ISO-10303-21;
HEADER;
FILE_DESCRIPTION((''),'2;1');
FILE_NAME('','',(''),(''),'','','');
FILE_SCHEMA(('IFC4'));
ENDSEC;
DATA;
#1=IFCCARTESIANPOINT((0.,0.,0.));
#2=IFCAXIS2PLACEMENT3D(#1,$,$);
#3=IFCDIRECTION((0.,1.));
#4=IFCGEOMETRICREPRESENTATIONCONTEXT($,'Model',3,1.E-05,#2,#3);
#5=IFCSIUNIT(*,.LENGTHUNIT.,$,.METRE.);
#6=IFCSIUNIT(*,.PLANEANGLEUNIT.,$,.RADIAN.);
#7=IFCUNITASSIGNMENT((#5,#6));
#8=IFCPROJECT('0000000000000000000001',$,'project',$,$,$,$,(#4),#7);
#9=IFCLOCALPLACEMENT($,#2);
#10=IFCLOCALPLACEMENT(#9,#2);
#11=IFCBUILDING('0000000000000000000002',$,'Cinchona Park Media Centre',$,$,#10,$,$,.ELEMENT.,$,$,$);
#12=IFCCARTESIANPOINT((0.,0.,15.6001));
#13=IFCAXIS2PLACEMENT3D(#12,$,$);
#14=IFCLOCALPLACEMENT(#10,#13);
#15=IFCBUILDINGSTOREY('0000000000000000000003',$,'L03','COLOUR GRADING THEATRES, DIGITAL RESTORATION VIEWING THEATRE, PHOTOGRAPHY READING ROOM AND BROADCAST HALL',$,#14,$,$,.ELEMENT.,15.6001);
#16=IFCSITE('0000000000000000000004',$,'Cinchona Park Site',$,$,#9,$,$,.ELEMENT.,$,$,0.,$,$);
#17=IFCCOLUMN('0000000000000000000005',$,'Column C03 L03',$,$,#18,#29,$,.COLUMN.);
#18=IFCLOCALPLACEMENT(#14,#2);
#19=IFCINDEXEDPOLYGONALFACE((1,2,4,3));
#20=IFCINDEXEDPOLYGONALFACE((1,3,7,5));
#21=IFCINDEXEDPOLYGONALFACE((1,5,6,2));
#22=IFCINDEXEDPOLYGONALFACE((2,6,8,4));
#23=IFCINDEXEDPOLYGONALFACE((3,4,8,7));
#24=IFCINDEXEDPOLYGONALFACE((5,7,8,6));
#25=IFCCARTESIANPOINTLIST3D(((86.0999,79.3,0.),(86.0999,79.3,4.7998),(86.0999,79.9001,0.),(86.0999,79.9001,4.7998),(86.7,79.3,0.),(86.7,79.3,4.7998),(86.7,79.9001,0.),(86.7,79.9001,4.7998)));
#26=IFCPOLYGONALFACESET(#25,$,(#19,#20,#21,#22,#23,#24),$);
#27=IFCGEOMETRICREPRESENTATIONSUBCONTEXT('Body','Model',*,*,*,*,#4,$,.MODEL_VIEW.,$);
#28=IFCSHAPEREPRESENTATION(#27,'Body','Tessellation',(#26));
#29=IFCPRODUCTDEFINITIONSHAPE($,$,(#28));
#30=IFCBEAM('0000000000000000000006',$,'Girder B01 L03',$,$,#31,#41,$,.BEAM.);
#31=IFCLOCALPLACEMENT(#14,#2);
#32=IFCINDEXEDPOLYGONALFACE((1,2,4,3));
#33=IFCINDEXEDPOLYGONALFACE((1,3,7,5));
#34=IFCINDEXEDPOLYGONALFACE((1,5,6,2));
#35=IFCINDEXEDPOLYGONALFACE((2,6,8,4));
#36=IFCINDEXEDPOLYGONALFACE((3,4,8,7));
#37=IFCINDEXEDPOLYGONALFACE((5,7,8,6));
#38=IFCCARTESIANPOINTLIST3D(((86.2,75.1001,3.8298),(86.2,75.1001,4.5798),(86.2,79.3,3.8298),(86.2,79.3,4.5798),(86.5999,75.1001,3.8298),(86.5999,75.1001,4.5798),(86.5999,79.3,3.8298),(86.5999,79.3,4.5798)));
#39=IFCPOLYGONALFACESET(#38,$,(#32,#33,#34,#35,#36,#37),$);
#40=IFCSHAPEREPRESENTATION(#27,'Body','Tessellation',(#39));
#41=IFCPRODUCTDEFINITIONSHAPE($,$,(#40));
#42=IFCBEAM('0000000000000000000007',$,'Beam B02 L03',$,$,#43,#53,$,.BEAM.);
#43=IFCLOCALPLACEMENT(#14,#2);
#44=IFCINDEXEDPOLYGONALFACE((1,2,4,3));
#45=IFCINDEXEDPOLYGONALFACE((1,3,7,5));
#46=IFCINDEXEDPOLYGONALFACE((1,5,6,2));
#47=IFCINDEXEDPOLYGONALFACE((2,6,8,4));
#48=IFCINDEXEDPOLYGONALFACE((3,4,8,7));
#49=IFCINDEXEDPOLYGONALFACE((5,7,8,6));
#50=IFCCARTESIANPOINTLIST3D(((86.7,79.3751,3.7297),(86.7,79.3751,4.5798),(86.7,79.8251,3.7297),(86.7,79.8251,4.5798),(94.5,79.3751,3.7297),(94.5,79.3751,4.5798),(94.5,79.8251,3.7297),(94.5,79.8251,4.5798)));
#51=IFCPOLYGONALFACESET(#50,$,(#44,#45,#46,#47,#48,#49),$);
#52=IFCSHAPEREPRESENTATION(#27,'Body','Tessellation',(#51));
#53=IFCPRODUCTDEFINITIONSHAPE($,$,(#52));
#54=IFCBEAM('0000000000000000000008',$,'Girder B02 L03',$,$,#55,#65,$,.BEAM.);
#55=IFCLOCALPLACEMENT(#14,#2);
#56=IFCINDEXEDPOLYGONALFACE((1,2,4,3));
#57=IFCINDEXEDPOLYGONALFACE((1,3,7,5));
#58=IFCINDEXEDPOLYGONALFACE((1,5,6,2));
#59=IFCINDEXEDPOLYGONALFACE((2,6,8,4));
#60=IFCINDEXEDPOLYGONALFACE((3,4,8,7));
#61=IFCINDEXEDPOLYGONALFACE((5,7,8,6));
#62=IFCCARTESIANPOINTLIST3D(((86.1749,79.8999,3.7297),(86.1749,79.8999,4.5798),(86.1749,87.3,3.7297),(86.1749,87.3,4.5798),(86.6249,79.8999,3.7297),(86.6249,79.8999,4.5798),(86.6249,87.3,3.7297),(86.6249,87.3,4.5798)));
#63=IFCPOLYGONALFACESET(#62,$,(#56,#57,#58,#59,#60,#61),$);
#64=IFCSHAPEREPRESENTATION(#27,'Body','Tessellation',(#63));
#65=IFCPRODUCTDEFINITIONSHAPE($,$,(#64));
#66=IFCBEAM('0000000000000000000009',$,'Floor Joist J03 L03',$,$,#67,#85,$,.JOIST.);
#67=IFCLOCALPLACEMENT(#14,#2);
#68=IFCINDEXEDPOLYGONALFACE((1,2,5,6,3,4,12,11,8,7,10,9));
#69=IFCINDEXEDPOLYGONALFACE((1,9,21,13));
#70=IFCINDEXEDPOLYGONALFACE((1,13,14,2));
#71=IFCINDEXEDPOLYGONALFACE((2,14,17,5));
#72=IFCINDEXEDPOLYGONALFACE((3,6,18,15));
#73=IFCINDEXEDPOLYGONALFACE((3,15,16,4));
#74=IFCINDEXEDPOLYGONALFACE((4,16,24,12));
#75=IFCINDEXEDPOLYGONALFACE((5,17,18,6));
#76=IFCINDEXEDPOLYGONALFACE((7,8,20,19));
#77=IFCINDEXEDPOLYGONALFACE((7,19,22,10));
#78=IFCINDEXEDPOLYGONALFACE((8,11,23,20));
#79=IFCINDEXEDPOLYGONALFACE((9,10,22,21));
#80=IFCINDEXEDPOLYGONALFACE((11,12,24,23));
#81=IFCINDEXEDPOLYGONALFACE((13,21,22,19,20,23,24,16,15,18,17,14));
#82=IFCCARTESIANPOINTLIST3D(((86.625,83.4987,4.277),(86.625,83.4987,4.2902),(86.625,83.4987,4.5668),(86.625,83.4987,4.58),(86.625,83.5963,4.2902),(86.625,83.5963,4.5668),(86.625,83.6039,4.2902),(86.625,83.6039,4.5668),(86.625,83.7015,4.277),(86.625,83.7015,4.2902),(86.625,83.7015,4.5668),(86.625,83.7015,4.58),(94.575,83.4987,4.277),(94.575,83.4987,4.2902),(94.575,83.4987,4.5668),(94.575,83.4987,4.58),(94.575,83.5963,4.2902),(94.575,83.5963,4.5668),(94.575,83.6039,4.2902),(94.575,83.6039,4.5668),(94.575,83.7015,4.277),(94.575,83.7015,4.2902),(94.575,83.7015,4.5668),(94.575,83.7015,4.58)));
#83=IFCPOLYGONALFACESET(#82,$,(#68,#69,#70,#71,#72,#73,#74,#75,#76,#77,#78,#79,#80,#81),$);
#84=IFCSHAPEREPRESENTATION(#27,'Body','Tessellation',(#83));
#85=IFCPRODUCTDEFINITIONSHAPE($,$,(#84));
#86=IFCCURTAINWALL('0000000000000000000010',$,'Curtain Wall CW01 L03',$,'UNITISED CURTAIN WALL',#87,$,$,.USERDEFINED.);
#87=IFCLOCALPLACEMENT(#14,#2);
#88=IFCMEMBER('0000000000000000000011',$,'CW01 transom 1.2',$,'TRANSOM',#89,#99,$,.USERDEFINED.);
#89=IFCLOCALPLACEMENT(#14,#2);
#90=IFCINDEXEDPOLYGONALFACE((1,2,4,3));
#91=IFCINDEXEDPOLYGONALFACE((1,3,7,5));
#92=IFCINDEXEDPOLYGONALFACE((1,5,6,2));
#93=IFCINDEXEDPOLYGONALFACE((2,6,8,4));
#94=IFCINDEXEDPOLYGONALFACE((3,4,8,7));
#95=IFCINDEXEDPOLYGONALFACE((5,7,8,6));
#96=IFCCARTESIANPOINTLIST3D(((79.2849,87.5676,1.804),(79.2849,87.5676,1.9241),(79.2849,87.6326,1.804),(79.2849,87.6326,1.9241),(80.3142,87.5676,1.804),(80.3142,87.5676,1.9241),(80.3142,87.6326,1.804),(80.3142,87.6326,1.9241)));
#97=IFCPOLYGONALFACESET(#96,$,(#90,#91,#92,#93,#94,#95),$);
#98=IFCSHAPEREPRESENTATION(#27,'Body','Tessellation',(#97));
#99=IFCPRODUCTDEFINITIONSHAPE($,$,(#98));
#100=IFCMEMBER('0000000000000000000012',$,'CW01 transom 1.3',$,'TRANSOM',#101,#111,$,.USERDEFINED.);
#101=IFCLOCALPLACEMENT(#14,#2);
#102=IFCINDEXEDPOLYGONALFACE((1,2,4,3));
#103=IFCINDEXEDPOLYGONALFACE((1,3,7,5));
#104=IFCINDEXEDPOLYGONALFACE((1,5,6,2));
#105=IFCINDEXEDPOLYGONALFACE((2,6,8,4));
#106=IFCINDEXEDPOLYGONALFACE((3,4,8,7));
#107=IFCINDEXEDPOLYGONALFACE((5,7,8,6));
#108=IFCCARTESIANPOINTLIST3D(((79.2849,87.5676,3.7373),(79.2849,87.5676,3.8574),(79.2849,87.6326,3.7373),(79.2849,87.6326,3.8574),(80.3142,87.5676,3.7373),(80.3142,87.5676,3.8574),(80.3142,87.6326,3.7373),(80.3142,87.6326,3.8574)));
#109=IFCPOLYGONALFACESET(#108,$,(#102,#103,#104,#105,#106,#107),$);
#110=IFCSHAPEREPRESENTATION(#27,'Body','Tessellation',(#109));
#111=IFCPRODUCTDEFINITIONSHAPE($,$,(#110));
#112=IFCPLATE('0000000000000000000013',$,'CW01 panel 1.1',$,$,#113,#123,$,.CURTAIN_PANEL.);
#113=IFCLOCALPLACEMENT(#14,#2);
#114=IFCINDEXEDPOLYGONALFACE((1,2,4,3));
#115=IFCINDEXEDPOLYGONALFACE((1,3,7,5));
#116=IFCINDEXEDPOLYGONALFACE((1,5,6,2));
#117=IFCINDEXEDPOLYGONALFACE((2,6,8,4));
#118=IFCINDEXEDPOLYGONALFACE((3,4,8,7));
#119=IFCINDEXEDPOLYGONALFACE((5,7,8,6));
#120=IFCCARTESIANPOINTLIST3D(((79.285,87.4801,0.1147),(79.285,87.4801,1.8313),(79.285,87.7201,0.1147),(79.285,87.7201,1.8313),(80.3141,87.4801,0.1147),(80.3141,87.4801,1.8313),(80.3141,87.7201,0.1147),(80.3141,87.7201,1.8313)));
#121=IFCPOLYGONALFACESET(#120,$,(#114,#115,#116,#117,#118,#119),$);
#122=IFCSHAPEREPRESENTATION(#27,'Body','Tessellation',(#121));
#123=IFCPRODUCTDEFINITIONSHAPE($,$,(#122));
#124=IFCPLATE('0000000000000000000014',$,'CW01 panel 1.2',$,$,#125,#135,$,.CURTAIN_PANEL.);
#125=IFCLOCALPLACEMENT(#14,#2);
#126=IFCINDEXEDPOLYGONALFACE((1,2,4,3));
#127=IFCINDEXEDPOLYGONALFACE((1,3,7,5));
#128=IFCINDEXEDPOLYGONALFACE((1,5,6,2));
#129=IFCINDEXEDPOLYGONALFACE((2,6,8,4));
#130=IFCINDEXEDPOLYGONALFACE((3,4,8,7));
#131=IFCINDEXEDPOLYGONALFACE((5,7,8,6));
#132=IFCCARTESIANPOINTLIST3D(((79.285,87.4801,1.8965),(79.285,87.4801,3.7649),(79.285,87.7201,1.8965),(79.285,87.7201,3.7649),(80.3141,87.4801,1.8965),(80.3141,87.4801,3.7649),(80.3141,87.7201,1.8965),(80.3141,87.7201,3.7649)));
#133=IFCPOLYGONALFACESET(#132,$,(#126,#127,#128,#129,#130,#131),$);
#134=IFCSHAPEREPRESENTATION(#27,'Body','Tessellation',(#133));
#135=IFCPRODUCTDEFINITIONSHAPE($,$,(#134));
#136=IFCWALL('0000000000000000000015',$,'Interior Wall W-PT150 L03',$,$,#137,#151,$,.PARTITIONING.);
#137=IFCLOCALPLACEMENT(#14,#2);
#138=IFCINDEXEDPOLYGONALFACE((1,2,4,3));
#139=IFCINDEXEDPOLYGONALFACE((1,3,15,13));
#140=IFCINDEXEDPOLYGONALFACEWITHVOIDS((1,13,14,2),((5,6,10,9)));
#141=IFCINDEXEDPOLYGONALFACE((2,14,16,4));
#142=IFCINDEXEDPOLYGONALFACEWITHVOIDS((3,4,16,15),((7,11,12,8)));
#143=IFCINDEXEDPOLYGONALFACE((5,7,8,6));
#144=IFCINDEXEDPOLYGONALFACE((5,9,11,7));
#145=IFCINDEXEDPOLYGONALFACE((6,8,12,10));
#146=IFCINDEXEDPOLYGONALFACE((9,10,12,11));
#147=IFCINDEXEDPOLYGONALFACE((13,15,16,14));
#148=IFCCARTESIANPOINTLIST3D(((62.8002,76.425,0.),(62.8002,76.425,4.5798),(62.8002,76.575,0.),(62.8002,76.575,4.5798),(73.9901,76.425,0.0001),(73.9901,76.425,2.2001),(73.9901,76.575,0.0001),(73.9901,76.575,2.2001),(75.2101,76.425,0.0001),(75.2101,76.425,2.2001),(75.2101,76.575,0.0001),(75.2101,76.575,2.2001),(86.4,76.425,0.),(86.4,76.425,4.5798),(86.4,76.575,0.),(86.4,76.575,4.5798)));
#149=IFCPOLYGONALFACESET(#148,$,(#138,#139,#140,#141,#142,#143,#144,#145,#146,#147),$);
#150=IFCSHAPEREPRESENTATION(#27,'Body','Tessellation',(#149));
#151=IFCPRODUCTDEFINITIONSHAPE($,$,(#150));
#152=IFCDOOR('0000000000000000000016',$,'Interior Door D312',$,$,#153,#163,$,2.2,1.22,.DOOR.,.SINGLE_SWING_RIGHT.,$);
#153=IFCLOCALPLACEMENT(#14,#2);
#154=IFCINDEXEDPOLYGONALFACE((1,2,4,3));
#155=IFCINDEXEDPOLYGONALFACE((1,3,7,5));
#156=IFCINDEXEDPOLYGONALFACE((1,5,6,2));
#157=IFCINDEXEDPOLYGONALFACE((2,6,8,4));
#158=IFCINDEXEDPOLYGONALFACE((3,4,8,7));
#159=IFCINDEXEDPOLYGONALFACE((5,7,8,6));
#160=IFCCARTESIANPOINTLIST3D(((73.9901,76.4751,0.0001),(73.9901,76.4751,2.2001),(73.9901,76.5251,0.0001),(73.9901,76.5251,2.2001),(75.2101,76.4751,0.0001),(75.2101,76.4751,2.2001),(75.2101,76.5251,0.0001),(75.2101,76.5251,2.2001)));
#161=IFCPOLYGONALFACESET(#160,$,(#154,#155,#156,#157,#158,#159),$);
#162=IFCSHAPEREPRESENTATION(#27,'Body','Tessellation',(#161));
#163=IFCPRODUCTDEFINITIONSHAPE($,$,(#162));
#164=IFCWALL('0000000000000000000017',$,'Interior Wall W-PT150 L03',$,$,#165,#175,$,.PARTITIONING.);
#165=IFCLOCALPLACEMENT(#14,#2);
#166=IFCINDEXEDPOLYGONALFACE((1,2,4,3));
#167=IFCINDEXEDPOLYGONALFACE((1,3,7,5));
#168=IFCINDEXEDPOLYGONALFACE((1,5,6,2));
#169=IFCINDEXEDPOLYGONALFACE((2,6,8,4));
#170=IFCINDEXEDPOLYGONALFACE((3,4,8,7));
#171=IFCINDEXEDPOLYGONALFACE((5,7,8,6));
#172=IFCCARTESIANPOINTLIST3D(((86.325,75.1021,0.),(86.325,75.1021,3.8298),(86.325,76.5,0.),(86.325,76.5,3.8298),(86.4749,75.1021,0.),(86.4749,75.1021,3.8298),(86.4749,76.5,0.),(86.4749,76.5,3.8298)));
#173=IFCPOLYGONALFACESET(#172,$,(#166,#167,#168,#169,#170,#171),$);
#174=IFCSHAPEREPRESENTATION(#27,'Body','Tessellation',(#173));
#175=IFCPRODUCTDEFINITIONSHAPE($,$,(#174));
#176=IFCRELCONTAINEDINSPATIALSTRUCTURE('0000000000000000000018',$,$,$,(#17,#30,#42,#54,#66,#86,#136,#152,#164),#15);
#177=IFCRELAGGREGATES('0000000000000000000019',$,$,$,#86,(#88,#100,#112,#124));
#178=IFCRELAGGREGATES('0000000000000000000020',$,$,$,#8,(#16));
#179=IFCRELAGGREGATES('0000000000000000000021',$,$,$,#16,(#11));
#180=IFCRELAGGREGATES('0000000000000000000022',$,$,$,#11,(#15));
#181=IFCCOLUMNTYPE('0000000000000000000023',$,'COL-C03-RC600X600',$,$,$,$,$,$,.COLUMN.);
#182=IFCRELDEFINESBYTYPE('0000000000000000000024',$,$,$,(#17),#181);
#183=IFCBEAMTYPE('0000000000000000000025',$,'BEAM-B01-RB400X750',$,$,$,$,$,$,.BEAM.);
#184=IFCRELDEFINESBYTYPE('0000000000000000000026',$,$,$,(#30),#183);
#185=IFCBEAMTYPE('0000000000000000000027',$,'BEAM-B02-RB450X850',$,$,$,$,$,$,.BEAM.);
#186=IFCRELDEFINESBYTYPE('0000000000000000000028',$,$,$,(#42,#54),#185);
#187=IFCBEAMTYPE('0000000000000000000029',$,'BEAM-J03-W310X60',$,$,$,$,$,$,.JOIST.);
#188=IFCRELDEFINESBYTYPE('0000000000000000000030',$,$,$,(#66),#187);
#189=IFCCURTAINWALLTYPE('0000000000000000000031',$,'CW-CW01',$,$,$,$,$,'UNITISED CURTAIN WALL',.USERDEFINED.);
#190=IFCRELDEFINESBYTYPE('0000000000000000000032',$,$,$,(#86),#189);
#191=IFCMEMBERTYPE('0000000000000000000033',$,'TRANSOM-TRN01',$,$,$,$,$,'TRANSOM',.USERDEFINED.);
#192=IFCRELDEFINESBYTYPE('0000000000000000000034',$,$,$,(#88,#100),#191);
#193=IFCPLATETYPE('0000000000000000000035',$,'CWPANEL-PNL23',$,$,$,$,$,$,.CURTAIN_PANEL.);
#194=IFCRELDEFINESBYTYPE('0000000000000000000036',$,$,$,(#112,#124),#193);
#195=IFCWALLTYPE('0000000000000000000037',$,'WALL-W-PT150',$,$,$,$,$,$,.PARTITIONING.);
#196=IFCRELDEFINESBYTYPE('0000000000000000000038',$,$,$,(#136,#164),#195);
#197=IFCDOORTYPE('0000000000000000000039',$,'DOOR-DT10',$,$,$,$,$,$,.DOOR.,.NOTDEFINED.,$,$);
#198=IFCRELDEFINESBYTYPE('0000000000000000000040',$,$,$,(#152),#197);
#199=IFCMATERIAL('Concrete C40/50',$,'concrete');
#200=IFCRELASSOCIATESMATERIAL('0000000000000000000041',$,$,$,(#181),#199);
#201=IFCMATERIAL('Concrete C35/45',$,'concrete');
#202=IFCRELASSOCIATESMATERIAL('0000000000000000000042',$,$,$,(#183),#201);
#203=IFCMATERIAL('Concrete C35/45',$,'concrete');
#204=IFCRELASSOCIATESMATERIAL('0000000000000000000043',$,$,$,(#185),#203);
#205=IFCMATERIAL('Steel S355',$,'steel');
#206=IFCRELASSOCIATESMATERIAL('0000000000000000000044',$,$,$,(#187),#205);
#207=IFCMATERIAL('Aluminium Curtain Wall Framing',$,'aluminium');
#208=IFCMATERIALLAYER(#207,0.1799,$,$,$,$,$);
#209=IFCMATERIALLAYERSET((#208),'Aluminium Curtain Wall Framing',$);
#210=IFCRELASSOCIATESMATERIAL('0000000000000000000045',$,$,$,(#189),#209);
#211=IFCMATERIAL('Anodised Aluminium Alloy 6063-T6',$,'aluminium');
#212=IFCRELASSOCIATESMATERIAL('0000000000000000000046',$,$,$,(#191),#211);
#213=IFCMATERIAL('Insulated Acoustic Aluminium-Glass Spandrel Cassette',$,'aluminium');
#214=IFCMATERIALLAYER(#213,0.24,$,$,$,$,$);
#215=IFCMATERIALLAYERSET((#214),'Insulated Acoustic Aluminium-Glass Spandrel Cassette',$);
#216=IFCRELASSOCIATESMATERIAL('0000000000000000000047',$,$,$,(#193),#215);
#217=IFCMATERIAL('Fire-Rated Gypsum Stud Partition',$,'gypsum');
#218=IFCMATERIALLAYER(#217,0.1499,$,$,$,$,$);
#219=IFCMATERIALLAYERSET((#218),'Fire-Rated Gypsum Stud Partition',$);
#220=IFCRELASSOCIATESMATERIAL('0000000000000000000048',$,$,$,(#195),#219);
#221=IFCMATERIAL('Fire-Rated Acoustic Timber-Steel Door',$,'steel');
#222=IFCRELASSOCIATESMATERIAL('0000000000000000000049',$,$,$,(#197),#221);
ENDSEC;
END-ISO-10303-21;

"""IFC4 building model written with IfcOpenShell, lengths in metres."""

from ifc_helpers import new_model, si_unit, direction, frame, frame_2d, origin, origin_2d, place, context, subcontext, project, spatial, rectangle, i_section, extrude, material, layer, layer_set, material_profile, profile_set, type_object, element, fill, aggregate, save


model = new_model("IFC4")

# Units and contexts
model_context = context("Model", 3, precision=1e-05, world=origin(), true_north=direction((0.0, 1.0)))
body_context = subcontext(model_context, "Body", "Model", "MODEL_VIEW")
ifc_project = project(units=[si_unit("LENGTHUNIT", "METRE"), si_unit("PLANEANGLEUNIT", "RADIAN")], contexts=[model_context])

# Site, building, storey
site_placement = place(None, origin())
site = spatial("IfcSite", under=ifc_project, at=site_placement, Name="Cinchona Park Site", CompositionType="ELEMENT", RefElevation=0.0)
building_placement = place(site_placement, origin())
building = spatial("IfcBuilding", under=site, at=building_placement, Name="Cinchona Park Media Centre", CompositionType="ELEMENT")
storey_placement = place(building_placement, frame((0.0, 0.0, 15.6001)))
storey = spatial("IfcBuildingStorey", under=building, at=storey_placement, Name="L03", Description="COLOUR GRADING THEATRES, DIGITAL RESTORATION VIEWING THEATRE, PHOTOGRAPHY READING ROOM AND BROADCAST HALL", CompositionType="ELEMENT", Elevation=15.6001)

# Column
ifc_material_1 = material(Name="Concrete C40/50", Category="concrete")
ifc_material_profile_1 = material_profile(ifc_material_1, rectangle(XDim=0.6001, YDim=0.6001, at=origin_2d()), Name="RC 600X600")
ifc_profile_set_1 = profile_set([ifc_material_profile_1], Name="Concrete C40/50")
column_type = type_object("IfcColumnType", Name="COL-C03-RC600X600", PredefinedType="COLUMN", material=ifc_profile_set_1)
column_placement = place(storey_placement, frame((86.3999, 79.6001, 0.0), z_axis=(0.0, 0.0, 1.0), x_axis=(1.0, 0.0, 0.0)))
element("IfcColumn", 1, at=column_placement, inside=storey, type_object=column_type, Name="Column C03 L03", PredefinedType="COLUMN", context=body_context, shape_type="SweptSolid", body=[
    extrude(rectangle(XDim=0.6001, YDim=0.6001, at=origin_2d()), origin(), (0.0, 0.0, 1.0), 4.7998),
])

# Beams
ifc_material_2 = material(Name="Concrete C35/45", Category="concrete")
ifc_material_profile_2 = material_profile(ifc_material_2, rectangle(XDim=0.3999, YDim=0.75, at=origin_2d()), Name="RB 400X750")
ifc_profile_set_2 = profile_set([ifc_material_profile_2], Name="Concrete C35/45")
beam_type_1 = type_object("IfcBeamType", Name="BEAM-B01-RB400X750", PredefinedType="BEAM", material=ifc_profile_set_2)
beam_1_placement = place(storey_placement, frame((86.3999, 75.1001, 4.2048), z_axis=(0.0, 1.0, 0.0), x_axis=(-1.0, 0.0, 0.0)))
element("IfcBeam", 2, at=beam_1_placement, inside=storey, type_object=beam_type_1, Name="Girder B01 L03", PredefinedType="BEAM", context=body_context, shape_type="SweptSolid", body=[
    extrude(rectangle(XDim=0.3999, YDim=0.75, at=origin_2d()), origin(), (0.0, 0.0, 1.0), 4.2),
])
ifc_material_3 = material(Name="Concrete C35/45", Category="concrete")
ifc_material_profile_3 = material_profile(ifc_material_3, rectangle(XDim=0.45, YDim=0.8501, at=origin_2d()), Name="RB 450X850")
ifc_profile_set_3 = profile_set([ifc_material_profile_3], Name="Concrete C35/45")
beam_type_2 = type_object("IfcBeamType", Name="BEAM-B02-RB450X850", PredefinedType="BEAM", material=ifc_profile_set_3)
beam_2_placement = place(storey_placement, frame((86.7, 79.6001, 4.1548), z_axis=(1.0, 0.0, 0.0), x_axis=(0.0, 1.0, 0.0)))
element("IfcBeam", 3, at=beam_2_placement, inside=storey, type_object=beam_type_2, Name="Beam B02 L03", PredefinedType="BEAM", context=body_context, shape_type="SweptSolid", body=[
    extrude(rectangle(XDim=0.45, YDim=0.8501, at=origin_2d()), origin(), (0.0, 0.0, 1.0), 7.8),
])
beam_3_placement = place(storey_placement, frame((86.3999, 79.8999, 4.1548), z_axis=(0.0, 1.0, 0.0), x_axis=(-1.0, 0.0, 0.0)))
element("IfcBeam", 4, at=beam_3_placement, inside=storey, type_object=beam_type_2, Name="Girder B02 L03", PredefinedType="BEAM", context=body_context, shape_type="SweptSolid", body=[
    extrude(rectangle(XDim=0.45, YDim=0.8501, at=origin_2d()), origin(), (0.0, 0.0, 1.0), 7.4001),
])
ifc_material_4 = material(Name="Steel S355", Category="steel")
ifc_material_profile_4 = material_profile(ifc_material_4, i_section(OverallWidth=0.2029, OverallDepth=0.303, WebThickness=0.0076, FlangeThickness=0.0132, at=origin_2d()), Name="W310X60")
ifc_profile_set_4 = profile_set([ifc_material_profile_4], Name="Steel S355")
beam_type_3 = type_object("IfcBeamType", Name="BEAM-J03-W310X60", PredefinedType="JOIST", material=ifc_profile_set_4)
beam_4_placement = place(storey_placement, frame((86.625, 83.6001, 4.4285), z_axis=(1.0, 0.0, 0.0), x_axis=(0.0, 1.0, 0.0)))
element("IfcBeam", 5, at=beam_4_placement, inside=storey, type_object=beam_type_3, Name="Floor Joist J03 L03", PredefinedType="JOIST", context=body_context, shape_type="SweptSolid", body=[
    extrude(i_section(OverallWidth=0.2029, OverallDepth=0.303, WebThickness=0.0076, FlangeThickness=0.0132, at=origin_2d()), origin(), (0.0, 0.0, 1.0), 7.95),
])

# Curtain wall, members, plates
ifc_material_5 = material(Name="Aluminium Curtain Wall Framing", Category="aluminium")
ifc_layer_1 = layer(ifc_material_5, 0.1799)
ifc_layer_set_1 = layer_set([ifc_layer_1], Name="Aluminium Curtain Wall Framing")
curtain_wall_type = type_object("IfcCurtainWallType", Name="CW-CW01", ElementType="UNITISED CURTAIN WALL", PredefinedType="USERDEFINED", material=ifc_layer_set_1)
curtain_wall_placement = place(storey_placement, origin())
curtain_wall = element("IfcCurtainWall", 6, at=curtain_wall_placement, inside=storey, type_object=curtain_wall_type, Name="Curtain Wall CW01 L03", ObjectType="UNITISED CURTAIN WALL", PredefinedType="USERDEFINED")
ifc_material_6 = material(Name="Anodised Aluminium Alloy 6063-T6", Category="aluminium")
ifc_material_profile_5 = material_profile(ifc_material_6, rectangle(XDim=0.0649, YDim=0.1201, at=origin_2d()), Name="TRN-65X120")
ifc_profile_set_5 = profile_set([ifc_material_profile_5], Name="Anodised Aluminium Alloy 6063-T6")
member_type = type_object("IfcMemberType", Name="TRANSOM-TRN01", ElementType="TRANSOM", PredefinedType="USERDEFINED", material=ifc_profile_set_5)
member_1_placement = place(storey_placement, frame((79.2849, 87.6001, 1.864), z_axis=(1.0, 0.0, 0.0), x_axis=(0.0, 1.0, 0.0)))
member_1 = element("IfcMember", 7, at=member_1_placement, type_object=member_type, Name="CW01 transom 1.2", ObjectType="TRANSOM", PredefinedType="USERDEFINED", context=body_context, shape_type="SweptSolid", body=[
    extrude(rectangle(XDim=0.0649, YDim=0.1201, at=origin_2d()), origin(), (0.0, 0.0, 1.0), 1.0293),
])
member_2_placement = place(storey_placement, frame((79.2849, 87.6001, 3.7974), z_axis=(1.0, 0.0, 0.0), x_axis=(0.0, 1.0, 0.0)))
member_2 = element("IfcMember", 8, at=member_2_placement, type_object=member_type, Name="CW01 transom 1.3", ObjectType="TRANSOM", PredefinedType="USERDEFINED", context=body_context, shape_type="SweptSolid", body=[
    extrude(rectangle(XDim=0.0649, YDim=0.1201, at=origin_2d()), origin(), (0.0, 0.0, 1.0), 1.0293),
])
ifc_material_7 = material(Name="Insulated Acoustic Aluminium-Glass Spandrel Cassette", Category="aluminium")
ifc_layer_2 = layer(ifc_material_7, 0.24)
ifc_layer_set_2 = layer_set([ifc_layer_2], Name="Insulated Acoustic Aluminium-Glass Spandrel Cassette")
plate_type = type_object("IfcPlateType", Name="CWPANEL-PNL23", PredefinedType="CURTAIN_PANEL", material=ifc_layer_set_2)
plate_1_placement = place(storey_placement, frame((79.7996, 87.6001, 0.1147), z_axis=(0.0, 0.0, 1.0), x_axis=(1.0, 0.0, 0.0)))
plate_1 = element("IfcPlate", 9, at=plate_1_placement, type_object=plate_type, Name="CW01 panel 1.1", PredefinedType="CURTAIN_PANEL", context=body_context, shape_type="SweptSolid", body=[
    extrude(rectangle(XDim=1.0291, YDim=0.24, at=origin_2d()), origin(), (0.0, 0.0, 1.0), 1.7166),
])
plate_2_placement = place(storey_placement, frame((79.7996, 87.6001, 1.8965), z_axis=(0.0, 0.0, 1.0), x_axis=(1.0, 0.0, 0.0)))
plate_2 = element("IfcPlate", 10, at=plate_2_placement, type_object=plate_type, Name="CW01 panel 1.2", PredefinedType="CURTAIN_PANEL", context=body_context, shape_type="SweptSolid", body=[
    extrude(rectangle(XDim=1.0291, YDim=0.24, at=origin_2d()), origin(), (0.0, 0.0, 1.0), 1.8684),
])
aggregate(curtain_wall, [member_1, member_2, plate_1, plate_2])

# Wall, opening, door
ifc_material_8 = material(Name="Fire-Rated Gypsum Stud Partition", Category="gypsum")
ifc_layer_3 = layer(ifc_material_8, 0.1499)
ifc_layer_set_3 = layer_set([ifc_layer_3], Name="Fire-Rated Gypsum Stud Partition")
wall_type_1 = type_object("IfcWallType", Name="WALL-W-PT150", PredefinedType="PARTITIONING", material=ifc_layer_set_3)
wall_1_placement = place(storey_placement, frame((86.3999, 76.5, 0.0), z_axis=(0.0, 0.0, 1.0), x_axis=(-1.0, 0.0, 0.0)))
wall_1 = element("IfcWall", 11, at=wall_1_placement, inside=storey, type_object=wall_type_1, Name="Interior Wall W-PT150 L03", PredefinedType="PARTITIONING", context=body_context, shape_type="SweptSolid", body=[
    extrude(rectangle(XDim=23.5999, YDim=0.1499, at=frame_2d((11.7998, 0.0))), origin(), (0.0, 0.0, 1.0), 4.5798),
])
opening_1_placement = place(wall_1_placement, frame((11.1899, 0.0, 0.0)))
opening_1 = element("IfcOpeningElement", 12, at=opening_1_placement, cuts=wall_1, PredefinedType="OPENING", context=body_context, shape_type="SweptSolid", body=[
    extrude(rectangle(XDim=1.22, YDim=2.2, at=frame_2d((0.6099, 1.1001))), frame((0.0, 0.085, 0.0), z_axis=(0.0, -1.0, 0.0), x_axis=(1.0, 0.0, 0.0)), (0.0, 0.0, 1.0), 0.1699),
])
ifc_material_9 = material(Name="Fire-Rated Acoustic Timber-Steel Door", Category="steel")
door_type_1 = type_object("IfcDoorType", Name="DOOR-DT10", OperationType="NOTDEFINED", PredefinedType="DOOR", material=ifc_material_9)
door_1_placement = place(opening_1_placement, origin())
door_1 = element("IfcDoor", 13, at=door_1_placement, inside=storey, type_object=door_type_1, Name="Interior Door D312", OperationType="SINGLE_SWING_RIGHT", OverallHeight=2.2, OverallWidth=1.22, PredefinedType="DOOR", context=body_context, shape_type="SweptSolid", body=[
    extrude(rectangle(XDim=1.22, YDim=2.2, at=frame_2d((0.6099, 1.1001))), frame((0.0, 0.0249, 0.0), z_axis=(0.0, -1.0, 0.0), x_axis=(1.0, 0.0, 0.0)), (0.0, 0.0, 1.0), 0.05),
])
fill(opening_1, door_1)

# Wall
wall_2_placement = place(storey_placement, frame((86.3999, 76.5, 0.0), z_axis=(0.0, 0.0, 1.0), x_axis=(0.0, -1.0, 0.0)))
element("IfcWall", 14, at=wall_2_placement, inside=storey, type_object=wall_type_1, Name="Interior Wall W-PT150 L03", PredefinedType="PARTITIONING", context=body_context, shape_type="SweptSolid", body=[
    extrude(rectangle(XDim=1.3979, YDim=0.1499, at=frame_2d((0.699, 0.0))), origin(), (0.0, 0.0, 1.0), 3.8298),
])

save(model, "model.ifc")
